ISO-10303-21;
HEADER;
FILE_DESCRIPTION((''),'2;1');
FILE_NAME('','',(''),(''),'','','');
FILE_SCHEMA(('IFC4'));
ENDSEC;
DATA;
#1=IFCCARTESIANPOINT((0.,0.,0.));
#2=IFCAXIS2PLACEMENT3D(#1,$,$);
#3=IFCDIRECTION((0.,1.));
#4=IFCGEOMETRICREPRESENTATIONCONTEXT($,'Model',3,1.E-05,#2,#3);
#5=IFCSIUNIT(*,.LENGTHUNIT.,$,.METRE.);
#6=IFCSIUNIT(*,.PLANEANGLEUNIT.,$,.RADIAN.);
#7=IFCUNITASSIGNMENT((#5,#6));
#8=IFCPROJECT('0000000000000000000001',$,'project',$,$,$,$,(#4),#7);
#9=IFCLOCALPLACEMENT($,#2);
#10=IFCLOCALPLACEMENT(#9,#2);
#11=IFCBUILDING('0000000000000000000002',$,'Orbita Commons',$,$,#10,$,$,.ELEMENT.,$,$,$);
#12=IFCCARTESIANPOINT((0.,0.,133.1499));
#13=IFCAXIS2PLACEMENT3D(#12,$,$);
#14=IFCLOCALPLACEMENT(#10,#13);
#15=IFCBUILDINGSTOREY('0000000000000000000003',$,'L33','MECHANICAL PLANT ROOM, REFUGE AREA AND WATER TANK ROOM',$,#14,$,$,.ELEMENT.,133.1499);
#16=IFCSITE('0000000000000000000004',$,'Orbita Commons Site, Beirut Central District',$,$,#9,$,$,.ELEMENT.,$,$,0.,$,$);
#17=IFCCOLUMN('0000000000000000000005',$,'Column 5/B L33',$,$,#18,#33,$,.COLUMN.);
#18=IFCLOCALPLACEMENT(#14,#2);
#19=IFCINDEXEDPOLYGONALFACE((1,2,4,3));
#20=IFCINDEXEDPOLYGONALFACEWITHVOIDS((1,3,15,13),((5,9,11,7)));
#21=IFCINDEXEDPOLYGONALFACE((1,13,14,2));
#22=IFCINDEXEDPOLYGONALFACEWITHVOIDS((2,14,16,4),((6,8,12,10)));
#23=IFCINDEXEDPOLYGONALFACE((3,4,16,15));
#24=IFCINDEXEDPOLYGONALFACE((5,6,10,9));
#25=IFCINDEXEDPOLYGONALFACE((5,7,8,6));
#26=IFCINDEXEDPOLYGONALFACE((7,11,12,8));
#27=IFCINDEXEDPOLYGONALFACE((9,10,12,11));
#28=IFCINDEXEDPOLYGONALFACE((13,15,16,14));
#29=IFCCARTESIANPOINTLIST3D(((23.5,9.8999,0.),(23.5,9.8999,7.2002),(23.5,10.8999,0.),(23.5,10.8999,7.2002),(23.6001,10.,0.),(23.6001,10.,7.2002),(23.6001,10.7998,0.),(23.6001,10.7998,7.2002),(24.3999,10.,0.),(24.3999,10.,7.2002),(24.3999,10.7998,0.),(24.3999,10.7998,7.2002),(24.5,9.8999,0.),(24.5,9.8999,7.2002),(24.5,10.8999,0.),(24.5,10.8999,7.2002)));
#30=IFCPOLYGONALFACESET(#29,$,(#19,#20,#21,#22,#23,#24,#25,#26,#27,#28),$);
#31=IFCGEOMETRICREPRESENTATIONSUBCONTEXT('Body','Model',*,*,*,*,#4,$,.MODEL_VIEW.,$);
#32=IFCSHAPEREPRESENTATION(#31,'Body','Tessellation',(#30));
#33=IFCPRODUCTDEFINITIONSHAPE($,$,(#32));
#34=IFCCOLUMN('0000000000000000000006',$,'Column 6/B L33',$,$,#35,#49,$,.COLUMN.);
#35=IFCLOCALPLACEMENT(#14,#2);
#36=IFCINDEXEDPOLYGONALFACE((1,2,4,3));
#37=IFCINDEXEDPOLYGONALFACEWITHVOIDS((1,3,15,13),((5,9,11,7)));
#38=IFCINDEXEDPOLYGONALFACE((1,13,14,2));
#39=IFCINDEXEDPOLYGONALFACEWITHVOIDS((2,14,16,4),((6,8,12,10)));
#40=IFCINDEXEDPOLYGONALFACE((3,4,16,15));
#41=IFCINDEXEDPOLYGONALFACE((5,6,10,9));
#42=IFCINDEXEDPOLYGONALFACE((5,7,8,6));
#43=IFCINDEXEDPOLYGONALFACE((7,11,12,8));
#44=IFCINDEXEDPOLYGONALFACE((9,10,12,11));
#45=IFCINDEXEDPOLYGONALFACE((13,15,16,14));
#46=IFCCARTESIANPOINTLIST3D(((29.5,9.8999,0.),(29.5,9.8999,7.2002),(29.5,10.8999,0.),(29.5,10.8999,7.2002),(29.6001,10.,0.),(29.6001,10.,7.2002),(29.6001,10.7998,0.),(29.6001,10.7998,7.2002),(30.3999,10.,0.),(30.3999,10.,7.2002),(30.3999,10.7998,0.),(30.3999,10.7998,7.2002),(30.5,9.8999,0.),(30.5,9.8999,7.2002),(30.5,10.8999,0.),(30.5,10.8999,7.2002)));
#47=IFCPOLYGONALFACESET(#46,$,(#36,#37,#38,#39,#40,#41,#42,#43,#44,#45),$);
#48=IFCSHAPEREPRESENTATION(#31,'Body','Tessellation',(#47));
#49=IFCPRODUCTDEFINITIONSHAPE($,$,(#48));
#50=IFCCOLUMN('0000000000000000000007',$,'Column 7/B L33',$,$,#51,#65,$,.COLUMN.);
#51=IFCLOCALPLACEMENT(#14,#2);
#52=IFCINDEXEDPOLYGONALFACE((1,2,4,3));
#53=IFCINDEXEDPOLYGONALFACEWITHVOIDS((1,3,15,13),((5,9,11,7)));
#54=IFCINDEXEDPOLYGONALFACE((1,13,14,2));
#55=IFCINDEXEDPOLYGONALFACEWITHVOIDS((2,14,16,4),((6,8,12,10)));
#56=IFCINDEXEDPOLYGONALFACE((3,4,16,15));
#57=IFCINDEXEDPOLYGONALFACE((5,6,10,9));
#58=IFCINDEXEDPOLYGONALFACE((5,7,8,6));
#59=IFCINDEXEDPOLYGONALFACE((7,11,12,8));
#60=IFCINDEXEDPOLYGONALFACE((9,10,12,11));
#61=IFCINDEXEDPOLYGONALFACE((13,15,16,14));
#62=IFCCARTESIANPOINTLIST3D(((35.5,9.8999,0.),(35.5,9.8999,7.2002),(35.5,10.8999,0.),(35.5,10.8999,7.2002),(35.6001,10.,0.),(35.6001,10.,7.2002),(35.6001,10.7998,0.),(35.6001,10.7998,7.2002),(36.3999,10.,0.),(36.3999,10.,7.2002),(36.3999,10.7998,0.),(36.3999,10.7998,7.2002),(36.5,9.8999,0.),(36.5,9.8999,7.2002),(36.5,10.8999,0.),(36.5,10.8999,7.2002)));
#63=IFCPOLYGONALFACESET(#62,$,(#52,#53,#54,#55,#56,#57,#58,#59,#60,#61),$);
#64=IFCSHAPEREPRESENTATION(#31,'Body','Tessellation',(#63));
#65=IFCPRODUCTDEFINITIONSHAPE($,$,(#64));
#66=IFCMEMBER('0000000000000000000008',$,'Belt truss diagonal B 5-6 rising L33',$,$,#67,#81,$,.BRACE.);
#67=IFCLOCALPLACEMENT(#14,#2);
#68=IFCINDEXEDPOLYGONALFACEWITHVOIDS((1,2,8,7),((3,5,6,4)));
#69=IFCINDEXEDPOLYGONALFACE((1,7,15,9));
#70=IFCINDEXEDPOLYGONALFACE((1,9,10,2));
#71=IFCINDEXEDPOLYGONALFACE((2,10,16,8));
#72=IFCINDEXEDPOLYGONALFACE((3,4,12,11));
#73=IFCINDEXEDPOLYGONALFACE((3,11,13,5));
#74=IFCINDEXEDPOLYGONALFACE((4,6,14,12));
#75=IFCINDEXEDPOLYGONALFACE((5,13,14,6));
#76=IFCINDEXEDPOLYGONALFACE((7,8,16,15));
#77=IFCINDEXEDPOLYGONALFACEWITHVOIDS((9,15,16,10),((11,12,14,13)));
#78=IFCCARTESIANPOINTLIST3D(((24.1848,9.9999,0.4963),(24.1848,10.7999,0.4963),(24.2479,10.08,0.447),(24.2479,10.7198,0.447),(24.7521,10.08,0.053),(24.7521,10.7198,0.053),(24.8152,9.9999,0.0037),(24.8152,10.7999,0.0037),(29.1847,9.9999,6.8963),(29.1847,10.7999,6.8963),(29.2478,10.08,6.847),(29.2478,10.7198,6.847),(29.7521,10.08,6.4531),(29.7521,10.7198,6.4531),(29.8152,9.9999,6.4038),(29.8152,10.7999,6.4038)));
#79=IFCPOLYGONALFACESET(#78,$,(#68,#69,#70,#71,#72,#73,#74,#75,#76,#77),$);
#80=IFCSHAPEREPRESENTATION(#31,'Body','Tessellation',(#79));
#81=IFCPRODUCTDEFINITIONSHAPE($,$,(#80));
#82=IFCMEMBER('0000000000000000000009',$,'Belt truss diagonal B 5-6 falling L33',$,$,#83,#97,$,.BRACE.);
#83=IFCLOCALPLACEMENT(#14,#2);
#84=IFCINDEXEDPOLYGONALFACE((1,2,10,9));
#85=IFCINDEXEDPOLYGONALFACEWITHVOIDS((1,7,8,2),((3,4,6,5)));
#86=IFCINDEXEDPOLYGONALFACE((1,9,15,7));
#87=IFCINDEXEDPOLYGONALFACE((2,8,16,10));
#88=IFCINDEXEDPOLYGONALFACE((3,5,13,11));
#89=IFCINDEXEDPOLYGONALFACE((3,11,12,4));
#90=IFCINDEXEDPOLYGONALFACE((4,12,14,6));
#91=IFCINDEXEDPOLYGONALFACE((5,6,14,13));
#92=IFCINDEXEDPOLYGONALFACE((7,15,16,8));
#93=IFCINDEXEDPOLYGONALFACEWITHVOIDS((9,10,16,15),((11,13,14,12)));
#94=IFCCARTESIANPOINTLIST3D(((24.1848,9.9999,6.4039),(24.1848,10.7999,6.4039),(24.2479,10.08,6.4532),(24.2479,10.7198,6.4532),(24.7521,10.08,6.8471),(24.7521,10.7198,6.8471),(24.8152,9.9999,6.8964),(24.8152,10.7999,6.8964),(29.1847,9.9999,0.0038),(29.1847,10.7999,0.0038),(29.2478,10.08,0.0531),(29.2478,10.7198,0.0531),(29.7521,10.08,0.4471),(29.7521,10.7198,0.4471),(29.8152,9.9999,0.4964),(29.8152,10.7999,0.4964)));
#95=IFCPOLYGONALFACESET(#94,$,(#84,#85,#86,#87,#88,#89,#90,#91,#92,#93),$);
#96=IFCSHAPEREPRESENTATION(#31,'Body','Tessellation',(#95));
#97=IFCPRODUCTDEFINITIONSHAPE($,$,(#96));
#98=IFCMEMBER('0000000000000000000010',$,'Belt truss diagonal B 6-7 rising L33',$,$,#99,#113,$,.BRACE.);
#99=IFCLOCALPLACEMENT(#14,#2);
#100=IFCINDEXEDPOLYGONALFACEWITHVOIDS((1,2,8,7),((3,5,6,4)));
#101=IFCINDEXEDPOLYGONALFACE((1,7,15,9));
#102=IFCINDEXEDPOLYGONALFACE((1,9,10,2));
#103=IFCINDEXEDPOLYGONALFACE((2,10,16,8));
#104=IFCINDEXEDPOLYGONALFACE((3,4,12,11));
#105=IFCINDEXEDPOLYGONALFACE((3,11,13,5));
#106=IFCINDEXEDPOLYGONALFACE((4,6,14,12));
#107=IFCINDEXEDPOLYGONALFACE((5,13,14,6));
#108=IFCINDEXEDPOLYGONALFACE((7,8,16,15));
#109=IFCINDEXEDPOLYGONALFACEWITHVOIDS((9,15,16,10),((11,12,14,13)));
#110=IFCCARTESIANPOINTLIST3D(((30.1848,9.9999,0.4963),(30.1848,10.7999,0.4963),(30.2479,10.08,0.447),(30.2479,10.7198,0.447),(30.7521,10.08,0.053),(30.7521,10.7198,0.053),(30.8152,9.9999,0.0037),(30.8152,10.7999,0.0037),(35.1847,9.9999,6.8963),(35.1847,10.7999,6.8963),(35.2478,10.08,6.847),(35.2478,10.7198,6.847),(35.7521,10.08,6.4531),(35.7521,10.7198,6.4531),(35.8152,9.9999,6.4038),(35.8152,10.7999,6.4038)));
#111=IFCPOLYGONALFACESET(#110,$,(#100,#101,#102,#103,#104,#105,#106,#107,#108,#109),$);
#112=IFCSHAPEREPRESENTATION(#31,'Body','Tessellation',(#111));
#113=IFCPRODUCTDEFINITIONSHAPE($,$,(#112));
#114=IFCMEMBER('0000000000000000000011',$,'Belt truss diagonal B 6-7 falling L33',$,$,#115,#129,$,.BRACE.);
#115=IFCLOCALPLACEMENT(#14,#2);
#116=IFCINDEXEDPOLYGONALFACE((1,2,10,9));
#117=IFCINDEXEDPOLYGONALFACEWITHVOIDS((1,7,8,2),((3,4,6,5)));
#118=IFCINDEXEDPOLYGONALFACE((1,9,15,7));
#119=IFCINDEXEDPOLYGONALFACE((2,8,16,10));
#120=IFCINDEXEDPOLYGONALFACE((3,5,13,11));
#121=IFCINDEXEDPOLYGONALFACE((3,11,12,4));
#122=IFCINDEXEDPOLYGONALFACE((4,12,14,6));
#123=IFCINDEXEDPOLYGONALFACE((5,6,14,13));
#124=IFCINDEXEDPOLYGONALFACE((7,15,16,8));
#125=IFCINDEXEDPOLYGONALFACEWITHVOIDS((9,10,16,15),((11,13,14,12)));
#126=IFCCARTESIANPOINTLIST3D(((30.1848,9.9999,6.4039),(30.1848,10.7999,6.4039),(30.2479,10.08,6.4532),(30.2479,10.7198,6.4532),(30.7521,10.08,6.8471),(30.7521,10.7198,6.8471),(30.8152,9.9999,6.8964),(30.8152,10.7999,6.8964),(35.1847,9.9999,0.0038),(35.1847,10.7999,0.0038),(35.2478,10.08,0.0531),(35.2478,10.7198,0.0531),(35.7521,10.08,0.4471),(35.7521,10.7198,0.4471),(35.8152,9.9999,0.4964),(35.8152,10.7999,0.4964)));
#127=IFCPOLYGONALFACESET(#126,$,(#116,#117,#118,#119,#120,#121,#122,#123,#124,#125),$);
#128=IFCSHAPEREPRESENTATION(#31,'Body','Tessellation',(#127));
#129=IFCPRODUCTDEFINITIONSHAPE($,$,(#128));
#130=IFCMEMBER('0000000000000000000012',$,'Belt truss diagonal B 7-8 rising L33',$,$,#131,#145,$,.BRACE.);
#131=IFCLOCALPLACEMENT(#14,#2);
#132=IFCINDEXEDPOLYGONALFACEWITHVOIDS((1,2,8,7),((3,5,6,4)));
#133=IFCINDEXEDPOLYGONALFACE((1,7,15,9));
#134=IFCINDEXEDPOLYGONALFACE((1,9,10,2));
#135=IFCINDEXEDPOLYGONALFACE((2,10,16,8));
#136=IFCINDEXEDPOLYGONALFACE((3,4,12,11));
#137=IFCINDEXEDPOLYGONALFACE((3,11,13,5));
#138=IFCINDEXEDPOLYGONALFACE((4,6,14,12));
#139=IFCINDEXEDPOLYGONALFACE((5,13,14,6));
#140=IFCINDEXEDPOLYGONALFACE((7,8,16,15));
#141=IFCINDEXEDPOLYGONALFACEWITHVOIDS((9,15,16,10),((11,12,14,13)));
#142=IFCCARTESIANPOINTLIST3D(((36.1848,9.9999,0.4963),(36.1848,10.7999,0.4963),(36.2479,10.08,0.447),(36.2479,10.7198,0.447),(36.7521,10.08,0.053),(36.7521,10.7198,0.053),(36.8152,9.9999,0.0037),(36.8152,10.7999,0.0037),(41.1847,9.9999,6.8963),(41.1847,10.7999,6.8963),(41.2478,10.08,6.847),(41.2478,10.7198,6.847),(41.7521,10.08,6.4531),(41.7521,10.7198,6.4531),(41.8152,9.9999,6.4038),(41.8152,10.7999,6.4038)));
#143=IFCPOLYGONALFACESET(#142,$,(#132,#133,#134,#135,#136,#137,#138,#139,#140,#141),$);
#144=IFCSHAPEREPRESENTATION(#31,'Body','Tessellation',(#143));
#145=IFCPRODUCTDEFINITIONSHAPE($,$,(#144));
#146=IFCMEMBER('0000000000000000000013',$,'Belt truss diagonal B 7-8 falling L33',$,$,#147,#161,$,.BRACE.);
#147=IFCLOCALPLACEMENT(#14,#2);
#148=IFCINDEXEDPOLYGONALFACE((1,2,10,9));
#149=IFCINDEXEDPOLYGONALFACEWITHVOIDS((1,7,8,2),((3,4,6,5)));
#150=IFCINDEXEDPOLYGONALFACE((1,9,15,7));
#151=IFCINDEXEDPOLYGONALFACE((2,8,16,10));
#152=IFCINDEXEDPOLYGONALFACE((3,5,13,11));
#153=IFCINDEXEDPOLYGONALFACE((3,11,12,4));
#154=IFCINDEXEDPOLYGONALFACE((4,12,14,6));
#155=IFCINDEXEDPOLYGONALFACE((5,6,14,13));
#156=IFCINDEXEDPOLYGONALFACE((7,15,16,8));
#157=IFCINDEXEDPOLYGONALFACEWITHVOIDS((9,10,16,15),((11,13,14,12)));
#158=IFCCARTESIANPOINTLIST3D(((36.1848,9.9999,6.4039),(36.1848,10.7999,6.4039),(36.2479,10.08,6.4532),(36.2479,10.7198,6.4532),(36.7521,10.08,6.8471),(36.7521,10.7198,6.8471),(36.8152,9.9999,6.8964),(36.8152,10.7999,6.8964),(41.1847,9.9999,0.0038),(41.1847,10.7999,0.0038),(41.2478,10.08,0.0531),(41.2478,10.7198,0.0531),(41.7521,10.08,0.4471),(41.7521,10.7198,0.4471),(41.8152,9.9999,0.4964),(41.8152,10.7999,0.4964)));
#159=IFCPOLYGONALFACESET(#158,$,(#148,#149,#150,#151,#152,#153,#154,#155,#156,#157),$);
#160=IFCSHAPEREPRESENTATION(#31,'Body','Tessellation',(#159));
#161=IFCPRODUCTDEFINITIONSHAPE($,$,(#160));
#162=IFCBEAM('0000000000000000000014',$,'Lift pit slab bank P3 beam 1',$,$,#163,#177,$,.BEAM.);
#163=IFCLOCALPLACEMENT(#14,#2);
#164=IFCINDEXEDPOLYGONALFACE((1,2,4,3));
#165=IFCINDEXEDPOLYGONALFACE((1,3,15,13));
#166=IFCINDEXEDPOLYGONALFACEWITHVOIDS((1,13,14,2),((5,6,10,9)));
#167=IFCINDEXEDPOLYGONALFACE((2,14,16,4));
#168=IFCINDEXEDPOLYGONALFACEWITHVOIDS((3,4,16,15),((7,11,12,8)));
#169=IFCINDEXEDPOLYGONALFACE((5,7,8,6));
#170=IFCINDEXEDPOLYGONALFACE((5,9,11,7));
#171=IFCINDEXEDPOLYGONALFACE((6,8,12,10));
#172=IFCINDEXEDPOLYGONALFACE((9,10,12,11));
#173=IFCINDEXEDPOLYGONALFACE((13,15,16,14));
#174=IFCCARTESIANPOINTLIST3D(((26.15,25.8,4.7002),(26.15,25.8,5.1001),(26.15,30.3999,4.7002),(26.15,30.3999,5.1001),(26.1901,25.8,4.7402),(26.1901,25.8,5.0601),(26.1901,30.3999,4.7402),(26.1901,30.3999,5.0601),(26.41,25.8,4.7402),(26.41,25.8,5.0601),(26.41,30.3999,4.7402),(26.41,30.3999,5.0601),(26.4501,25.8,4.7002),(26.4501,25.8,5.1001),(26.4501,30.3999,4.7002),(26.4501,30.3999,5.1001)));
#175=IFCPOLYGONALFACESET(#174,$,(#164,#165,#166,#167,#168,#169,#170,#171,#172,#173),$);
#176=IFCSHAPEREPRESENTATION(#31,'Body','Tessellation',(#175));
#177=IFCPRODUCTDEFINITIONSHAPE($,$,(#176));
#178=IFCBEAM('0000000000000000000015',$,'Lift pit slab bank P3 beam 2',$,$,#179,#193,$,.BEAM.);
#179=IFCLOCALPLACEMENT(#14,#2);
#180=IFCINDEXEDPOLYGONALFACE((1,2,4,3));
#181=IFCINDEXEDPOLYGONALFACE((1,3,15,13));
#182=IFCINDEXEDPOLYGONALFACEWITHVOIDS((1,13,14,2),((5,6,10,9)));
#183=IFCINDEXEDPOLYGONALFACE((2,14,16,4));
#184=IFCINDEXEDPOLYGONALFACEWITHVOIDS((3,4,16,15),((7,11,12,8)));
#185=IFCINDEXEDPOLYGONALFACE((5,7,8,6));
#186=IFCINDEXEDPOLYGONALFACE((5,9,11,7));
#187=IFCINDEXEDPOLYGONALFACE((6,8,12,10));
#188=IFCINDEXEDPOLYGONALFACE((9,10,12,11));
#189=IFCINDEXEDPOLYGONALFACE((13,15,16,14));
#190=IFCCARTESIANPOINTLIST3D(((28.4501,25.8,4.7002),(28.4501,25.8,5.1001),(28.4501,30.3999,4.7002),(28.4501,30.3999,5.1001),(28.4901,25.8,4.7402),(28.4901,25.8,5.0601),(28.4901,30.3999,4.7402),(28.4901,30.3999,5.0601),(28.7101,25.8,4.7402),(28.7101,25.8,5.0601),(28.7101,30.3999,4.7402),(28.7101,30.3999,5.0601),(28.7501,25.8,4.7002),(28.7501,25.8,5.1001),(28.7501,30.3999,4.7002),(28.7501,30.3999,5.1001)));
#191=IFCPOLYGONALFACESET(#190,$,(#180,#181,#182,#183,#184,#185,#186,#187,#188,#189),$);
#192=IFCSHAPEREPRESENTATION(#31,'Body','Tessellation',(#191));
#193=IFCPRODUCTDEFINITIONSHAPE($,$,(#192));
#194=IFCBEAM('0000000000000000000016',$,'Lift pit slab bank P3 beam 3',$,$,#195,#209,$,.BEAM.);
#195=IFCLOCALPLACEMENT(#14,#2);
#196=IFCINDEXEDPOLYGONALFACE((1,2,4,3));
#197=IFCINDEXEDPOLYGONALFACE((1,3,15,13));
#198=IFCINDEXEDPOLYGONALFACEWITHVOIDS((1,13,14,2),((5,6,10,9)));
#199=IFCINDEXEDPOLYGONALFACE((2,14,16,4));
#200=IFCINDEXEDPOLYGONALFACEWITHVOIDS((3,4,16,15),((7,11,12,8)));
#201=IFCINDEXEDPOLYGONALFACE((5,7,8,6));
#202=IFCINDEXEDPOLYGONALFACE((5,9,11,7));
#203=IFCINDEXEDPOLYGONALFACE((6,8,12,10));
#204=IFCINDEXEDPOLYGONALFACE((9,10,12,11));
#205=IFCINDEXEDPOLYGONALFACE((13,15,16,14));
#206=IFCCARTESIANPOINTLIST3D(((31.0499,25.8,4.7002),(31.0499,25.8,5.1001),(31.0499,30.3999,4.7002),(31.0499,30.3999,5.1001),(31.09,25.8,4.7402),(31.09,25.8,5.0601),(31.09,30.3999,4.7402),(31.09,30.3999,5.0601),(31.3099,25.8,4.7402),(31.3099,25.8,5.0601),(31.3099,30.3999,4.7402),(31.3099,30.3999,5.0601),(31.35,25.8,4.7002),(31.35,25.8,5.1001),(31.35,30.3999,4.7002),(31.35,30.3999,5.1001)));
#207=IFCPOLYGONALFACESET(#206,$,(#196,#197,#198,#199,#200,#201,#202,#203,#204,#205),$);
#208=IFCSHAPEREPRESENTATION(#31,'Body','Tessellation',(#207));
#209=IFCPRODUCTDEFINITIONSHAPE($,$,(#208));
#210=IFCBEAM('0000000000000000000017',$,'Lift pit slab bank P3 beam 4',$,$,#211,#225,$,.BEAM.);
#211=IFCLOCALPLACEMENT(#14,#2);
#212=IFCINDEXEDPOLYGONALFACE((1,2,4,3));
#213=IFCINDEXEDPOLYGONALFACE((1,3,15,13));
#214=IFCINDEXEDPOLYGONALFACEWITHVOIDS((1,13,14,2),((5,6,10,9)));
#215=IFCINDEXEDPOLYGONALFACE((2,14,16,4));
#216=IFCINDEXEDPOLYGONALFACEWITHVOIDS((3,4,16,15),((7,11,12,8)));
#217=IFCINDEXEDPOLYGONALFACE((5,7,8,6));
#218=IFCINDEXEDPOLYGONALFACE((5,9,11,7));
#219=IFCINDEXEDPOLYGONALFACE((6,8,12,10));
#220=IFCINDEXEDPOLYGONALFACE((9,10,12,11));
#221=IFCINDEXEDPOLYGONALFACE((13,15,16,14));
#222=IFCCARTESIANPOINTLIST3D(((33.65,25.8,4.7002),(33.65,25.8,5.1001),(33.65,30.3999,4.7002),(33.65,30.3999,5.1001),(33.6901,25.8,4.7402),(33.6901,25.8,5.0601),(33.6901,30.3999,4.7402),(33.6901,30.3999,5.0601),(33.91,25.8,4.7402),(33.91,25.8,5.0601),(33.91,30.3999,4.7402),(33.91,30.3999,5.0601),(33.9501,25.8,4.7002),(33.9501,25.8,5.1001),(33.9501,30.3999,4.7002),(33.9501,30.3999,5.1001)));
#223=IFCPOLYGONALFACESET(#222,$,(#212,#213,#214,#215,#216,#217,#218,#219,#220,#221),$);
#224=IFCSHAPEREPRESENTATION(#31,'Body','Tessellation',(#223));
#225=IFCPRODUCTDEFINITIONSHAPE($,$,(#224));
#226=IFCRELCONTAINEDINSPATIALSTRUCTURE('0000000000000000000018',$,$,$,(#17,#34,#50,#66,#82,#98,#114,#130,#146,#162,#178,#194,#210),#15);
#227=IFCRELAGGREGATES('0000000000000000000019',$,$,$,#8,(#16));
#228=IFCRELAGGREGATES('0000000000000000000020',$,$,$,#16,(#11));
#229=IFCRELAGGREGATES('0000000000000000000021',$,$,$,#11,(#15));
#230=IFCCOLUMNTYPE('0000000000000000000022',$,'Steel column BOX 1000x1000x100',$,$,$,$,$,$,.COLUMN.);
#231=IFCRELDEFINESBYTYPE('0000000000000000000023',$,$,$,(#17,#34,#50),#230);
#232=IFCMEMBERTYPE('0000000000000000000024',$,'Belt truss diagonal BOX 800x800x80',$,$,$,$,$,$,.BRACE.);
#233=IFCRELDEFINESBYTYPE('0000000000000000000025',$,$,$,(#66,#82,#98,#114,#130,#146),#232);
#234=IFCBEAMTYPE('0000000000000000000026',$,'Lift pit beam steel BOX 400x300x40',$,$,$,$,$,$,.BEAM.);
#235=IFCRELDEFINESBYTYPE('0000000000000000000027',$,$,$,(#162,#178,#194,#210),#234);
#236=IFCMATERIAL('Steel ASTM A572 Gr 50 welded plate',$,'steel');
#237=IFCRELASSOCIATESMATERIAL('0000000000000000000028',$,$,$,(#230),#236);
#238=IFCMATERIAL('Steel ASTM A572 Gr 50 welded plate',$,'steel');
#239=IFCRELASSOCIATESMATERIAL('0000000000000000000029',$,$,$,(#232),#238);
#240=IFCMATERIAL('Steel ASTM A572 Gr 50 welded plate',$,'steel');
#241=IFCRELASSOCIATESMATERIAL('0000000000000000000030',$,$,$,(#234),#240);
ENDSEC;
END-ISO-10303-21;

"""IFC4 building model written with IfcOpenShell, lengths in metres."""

from ifc_helpers import new_model, si_unit, direction, frame, origin, origin_2d, place, context, subcontext, project, spatial, hollow_rectangle, extrude, material, material_profile, profile_set, type_object, element, save


model = new_model("IFC4")

# Units and contexts
model_context = context("Model", 3, precision=1e-05, world=origin(), true_north=direction((0.0, 1.0)))
body_context = subcontext(model_context, "Body", "Model", "MODEL_VIEW")
ifc_project = project(units=[si_unit("LENGTHUNIT", "METRE"), si_unit("PLANEANGLEUNIT", "RADIAN")], contexts=[model_context])

# Site, building, storey
site_placement = place(None, origin())
site = spatial("IfcSite", under=ifc_project, at=site_placement, Name="Orbita Commons Site, Beirut Central District", CompositionType="ELEMENT", RefElevation=0.0)
building_placement = place(site_placement, origin())
building = spatial("IfcBuilding", under=site, at=building_placement, Name="Orbita Commons", CompositionType="ELEMENT")
storey_placement = place(building_placement, frame((0.0, 0.0, 133.1499)))
storey = spatial("IfcBuildingStorey", under=building, at=storey_placement, Name="L33", Description="MECHANICAL PLANT ROOM, REFUGE AREA AND WATER TANK ROOM", CompositionType="ELEMENT", Elevation=133.1499)

# Columns
ifc_material_1 = material(Name="Steel ASTM A572 Gr 50 welded plate", Category="steel")
ifc_material_profile_1 = material_profile(ifc_material_1, hollow_rectangle(XDim=1.0, YDim=1.0, WallThickness=0.1001, at=origin_2d()), Name="BOX 1000x1000x100")
ifc_profile_set_1 = profile_set([ifc_material_profile_1], Name="Steel ASTM A572 Gr 50 welded plate")
column_type = type_object("IfcColumnType", Name="Steel column BOX 1000x1000x100", PredefinedType="COLUMN", material=ifc_profile_set_1)
for number, where, z_axis, x_axis, name in (
    (1, (24.0, 10.3999, 0.0), (0.0, 0.0, 1.0), (1.0, 0.0, 0.0), "Column 5/B L33"),
    (2, (30.0, 10.3999, 0.0), (0.0, 0.0, 1.0), (1.0, 0.0, 0.0), "Column 6/B L33"),
    (3, (36.0, 10.3999, 0.0), (0.0, 0.0, 1.0), (1.0, 0.0, 0.0), "Column 7/B L33"),
):
    element("IfcColumn", number, at=place(storey_placement, frame(where, z_axis=z_axis, x_axis=x_axis)), inside=storey, type_object=column_type, Name=name, PredefinedType="COLUMN", context=body_context, shape_type="SweptSolid", body=[
        extrude(hollow_rectangle(XDim=1.0, YDim=1.0, WallThickness=0.1001, at=origin_2d()), origin(), (0.0, 0.0, 1.0), 7.2002),
    ])

# Members
ifc_material_2 = material(Name="Steel ASTM A572 Gr 50 welded plate", Category="steel")
ifc_material_profile_2 = material_profile(ifc_material_2, hollow_rectangle(XDim=0.8, YDim=0.8, WallThickness=0.0801, at=origin_2d()), Name="BOX 800x800x80")
ifc_profile_set_2 = profile_set([ifc_material_profile_2], Name="Steel ASTM A572 Gr 50 welded plate")
member_type = type_object("IfcMemberType", Name="Belt truss diagonal BOX 800x800x80", PredefinedType="BRACE", material=ifc_profile_set_2)
for number, where, z_axis, x_axis, name in (
    (4, (24.5, 10.3999, 0.25), (0.615635, 0.0, 0.788031), (0.0, 1.0, 0.0), "Belt truss diagonal B 5-6 rising L33"),
    (5, (24.5, 10.3999, 6.6501), (0.615635, 0.0, -0.788031), (0.0, 1.0, 0.0), "Belt truss diagonal B 5-6 falling L33"),
    (6, (30.5, 10.3999, 0.25), (0.615635, 0.0, 0.788031), (0.0, 1.0, 0.0), "Belt truss diagonal B 6-7 rising L33"),
    (7, (30.5, 10.3999, 6.6501), (0.615635, 0.0, -0.788031), (0.0, 1.0, 0.0), "Belt truss diagonal B 6-7 falling L33"),
    (8, (36.5, 10.3999, 0.25), (0.615635, 0.0, 0.788031), (0.0, 1.0, 0.0), "Belt truss diagonal B 7-8 rising L33"),
    (9, (36.5, 10.3999, 6.6501), (0.615635, 0.0, -0.788031), (0.0, 1.0, 0.0), "Belt truss diagonal B 7-8 falling L33"),
):
    element("IfcMember", number, at=place(storey_placement, frame(where, z_axis=z_axis, x_axis=x_axis)), inside=storey, type_object=member_type, Name=name, PredefinedType="BRACE", context=body_context, shape_type="SweptSolid", body=[
        extrude(hollow_rectangle(XDim=0.8, YDim=0.8, WallThickness=0.0801, at=origin_2d()), origin(), (0.0, 0.0, 1.0), 8.1216),
    ])

# Beams
ifc_material_3 = material(Name="Steel ASTM A572 Gr 50 welded plate", Category="steel")
ifc_material_profile_3 = material_profile(ifc_material_3, hollow_rectangle(XDim=0.3, YDim=0.3999, WallThickness=0.04, at=origin_2d()), Name="BOX 400x300x40")
ifc_profile_set_3 = profile_set([ifc_material_profile_3], Name="Steel ASTM A572 Gr 50 welded plate")
beam_type_1 = type_object("IfcBeamType", Name="Lift pit beam steel BOX 400x300x40", PredefinedType="BEAM", material=ifc_profile_set_3)
for number, where, z_axis, x_axis, name in (
    (10, (26.3, 25.8, 4.9001), (0.0, 1.0, 0.0), (-1.0, 0.0, 0.0), "Lift pit slab bank P3 beam 1"),
    (11, (28.6001, 25.8, 4.9001), (0.0, 1.0, 0.0), (-1.0, 0.0, 0.0), "Lift pit slab bank P3 beam 2"),
    (12, (31.2, 25.8, 4.9001), (0.0, 1.0, 0.0), (-1.0, 0.0, 0.0), "Lift pit slab bank P3 beam 3"),
    (13, (33.8, 25.8, 4.9001), (0.0, 1.0, 0.0), (-1.0, 0.0, 0.0), "Lift pit slab bank P3 beam 4"),
):
    element("IfcBeam", number, at=place(storey_placement, frame(where, z_axis=z_axis, x_axis=x_axis)), inside=storey, type_object=beam_type_1, Name=name, PredefinedType="BEAM", context=body_context, shape_type="SweptSolid", body=[
        extrude(hollow_rectangle(XDim=0.3, YDim=0.3999, WallThickness=0.04, at=origin_2d()), origin(), (0.0, 0.0, 1.0), 4.5999),
    ])

save(model, "model.ifc")
